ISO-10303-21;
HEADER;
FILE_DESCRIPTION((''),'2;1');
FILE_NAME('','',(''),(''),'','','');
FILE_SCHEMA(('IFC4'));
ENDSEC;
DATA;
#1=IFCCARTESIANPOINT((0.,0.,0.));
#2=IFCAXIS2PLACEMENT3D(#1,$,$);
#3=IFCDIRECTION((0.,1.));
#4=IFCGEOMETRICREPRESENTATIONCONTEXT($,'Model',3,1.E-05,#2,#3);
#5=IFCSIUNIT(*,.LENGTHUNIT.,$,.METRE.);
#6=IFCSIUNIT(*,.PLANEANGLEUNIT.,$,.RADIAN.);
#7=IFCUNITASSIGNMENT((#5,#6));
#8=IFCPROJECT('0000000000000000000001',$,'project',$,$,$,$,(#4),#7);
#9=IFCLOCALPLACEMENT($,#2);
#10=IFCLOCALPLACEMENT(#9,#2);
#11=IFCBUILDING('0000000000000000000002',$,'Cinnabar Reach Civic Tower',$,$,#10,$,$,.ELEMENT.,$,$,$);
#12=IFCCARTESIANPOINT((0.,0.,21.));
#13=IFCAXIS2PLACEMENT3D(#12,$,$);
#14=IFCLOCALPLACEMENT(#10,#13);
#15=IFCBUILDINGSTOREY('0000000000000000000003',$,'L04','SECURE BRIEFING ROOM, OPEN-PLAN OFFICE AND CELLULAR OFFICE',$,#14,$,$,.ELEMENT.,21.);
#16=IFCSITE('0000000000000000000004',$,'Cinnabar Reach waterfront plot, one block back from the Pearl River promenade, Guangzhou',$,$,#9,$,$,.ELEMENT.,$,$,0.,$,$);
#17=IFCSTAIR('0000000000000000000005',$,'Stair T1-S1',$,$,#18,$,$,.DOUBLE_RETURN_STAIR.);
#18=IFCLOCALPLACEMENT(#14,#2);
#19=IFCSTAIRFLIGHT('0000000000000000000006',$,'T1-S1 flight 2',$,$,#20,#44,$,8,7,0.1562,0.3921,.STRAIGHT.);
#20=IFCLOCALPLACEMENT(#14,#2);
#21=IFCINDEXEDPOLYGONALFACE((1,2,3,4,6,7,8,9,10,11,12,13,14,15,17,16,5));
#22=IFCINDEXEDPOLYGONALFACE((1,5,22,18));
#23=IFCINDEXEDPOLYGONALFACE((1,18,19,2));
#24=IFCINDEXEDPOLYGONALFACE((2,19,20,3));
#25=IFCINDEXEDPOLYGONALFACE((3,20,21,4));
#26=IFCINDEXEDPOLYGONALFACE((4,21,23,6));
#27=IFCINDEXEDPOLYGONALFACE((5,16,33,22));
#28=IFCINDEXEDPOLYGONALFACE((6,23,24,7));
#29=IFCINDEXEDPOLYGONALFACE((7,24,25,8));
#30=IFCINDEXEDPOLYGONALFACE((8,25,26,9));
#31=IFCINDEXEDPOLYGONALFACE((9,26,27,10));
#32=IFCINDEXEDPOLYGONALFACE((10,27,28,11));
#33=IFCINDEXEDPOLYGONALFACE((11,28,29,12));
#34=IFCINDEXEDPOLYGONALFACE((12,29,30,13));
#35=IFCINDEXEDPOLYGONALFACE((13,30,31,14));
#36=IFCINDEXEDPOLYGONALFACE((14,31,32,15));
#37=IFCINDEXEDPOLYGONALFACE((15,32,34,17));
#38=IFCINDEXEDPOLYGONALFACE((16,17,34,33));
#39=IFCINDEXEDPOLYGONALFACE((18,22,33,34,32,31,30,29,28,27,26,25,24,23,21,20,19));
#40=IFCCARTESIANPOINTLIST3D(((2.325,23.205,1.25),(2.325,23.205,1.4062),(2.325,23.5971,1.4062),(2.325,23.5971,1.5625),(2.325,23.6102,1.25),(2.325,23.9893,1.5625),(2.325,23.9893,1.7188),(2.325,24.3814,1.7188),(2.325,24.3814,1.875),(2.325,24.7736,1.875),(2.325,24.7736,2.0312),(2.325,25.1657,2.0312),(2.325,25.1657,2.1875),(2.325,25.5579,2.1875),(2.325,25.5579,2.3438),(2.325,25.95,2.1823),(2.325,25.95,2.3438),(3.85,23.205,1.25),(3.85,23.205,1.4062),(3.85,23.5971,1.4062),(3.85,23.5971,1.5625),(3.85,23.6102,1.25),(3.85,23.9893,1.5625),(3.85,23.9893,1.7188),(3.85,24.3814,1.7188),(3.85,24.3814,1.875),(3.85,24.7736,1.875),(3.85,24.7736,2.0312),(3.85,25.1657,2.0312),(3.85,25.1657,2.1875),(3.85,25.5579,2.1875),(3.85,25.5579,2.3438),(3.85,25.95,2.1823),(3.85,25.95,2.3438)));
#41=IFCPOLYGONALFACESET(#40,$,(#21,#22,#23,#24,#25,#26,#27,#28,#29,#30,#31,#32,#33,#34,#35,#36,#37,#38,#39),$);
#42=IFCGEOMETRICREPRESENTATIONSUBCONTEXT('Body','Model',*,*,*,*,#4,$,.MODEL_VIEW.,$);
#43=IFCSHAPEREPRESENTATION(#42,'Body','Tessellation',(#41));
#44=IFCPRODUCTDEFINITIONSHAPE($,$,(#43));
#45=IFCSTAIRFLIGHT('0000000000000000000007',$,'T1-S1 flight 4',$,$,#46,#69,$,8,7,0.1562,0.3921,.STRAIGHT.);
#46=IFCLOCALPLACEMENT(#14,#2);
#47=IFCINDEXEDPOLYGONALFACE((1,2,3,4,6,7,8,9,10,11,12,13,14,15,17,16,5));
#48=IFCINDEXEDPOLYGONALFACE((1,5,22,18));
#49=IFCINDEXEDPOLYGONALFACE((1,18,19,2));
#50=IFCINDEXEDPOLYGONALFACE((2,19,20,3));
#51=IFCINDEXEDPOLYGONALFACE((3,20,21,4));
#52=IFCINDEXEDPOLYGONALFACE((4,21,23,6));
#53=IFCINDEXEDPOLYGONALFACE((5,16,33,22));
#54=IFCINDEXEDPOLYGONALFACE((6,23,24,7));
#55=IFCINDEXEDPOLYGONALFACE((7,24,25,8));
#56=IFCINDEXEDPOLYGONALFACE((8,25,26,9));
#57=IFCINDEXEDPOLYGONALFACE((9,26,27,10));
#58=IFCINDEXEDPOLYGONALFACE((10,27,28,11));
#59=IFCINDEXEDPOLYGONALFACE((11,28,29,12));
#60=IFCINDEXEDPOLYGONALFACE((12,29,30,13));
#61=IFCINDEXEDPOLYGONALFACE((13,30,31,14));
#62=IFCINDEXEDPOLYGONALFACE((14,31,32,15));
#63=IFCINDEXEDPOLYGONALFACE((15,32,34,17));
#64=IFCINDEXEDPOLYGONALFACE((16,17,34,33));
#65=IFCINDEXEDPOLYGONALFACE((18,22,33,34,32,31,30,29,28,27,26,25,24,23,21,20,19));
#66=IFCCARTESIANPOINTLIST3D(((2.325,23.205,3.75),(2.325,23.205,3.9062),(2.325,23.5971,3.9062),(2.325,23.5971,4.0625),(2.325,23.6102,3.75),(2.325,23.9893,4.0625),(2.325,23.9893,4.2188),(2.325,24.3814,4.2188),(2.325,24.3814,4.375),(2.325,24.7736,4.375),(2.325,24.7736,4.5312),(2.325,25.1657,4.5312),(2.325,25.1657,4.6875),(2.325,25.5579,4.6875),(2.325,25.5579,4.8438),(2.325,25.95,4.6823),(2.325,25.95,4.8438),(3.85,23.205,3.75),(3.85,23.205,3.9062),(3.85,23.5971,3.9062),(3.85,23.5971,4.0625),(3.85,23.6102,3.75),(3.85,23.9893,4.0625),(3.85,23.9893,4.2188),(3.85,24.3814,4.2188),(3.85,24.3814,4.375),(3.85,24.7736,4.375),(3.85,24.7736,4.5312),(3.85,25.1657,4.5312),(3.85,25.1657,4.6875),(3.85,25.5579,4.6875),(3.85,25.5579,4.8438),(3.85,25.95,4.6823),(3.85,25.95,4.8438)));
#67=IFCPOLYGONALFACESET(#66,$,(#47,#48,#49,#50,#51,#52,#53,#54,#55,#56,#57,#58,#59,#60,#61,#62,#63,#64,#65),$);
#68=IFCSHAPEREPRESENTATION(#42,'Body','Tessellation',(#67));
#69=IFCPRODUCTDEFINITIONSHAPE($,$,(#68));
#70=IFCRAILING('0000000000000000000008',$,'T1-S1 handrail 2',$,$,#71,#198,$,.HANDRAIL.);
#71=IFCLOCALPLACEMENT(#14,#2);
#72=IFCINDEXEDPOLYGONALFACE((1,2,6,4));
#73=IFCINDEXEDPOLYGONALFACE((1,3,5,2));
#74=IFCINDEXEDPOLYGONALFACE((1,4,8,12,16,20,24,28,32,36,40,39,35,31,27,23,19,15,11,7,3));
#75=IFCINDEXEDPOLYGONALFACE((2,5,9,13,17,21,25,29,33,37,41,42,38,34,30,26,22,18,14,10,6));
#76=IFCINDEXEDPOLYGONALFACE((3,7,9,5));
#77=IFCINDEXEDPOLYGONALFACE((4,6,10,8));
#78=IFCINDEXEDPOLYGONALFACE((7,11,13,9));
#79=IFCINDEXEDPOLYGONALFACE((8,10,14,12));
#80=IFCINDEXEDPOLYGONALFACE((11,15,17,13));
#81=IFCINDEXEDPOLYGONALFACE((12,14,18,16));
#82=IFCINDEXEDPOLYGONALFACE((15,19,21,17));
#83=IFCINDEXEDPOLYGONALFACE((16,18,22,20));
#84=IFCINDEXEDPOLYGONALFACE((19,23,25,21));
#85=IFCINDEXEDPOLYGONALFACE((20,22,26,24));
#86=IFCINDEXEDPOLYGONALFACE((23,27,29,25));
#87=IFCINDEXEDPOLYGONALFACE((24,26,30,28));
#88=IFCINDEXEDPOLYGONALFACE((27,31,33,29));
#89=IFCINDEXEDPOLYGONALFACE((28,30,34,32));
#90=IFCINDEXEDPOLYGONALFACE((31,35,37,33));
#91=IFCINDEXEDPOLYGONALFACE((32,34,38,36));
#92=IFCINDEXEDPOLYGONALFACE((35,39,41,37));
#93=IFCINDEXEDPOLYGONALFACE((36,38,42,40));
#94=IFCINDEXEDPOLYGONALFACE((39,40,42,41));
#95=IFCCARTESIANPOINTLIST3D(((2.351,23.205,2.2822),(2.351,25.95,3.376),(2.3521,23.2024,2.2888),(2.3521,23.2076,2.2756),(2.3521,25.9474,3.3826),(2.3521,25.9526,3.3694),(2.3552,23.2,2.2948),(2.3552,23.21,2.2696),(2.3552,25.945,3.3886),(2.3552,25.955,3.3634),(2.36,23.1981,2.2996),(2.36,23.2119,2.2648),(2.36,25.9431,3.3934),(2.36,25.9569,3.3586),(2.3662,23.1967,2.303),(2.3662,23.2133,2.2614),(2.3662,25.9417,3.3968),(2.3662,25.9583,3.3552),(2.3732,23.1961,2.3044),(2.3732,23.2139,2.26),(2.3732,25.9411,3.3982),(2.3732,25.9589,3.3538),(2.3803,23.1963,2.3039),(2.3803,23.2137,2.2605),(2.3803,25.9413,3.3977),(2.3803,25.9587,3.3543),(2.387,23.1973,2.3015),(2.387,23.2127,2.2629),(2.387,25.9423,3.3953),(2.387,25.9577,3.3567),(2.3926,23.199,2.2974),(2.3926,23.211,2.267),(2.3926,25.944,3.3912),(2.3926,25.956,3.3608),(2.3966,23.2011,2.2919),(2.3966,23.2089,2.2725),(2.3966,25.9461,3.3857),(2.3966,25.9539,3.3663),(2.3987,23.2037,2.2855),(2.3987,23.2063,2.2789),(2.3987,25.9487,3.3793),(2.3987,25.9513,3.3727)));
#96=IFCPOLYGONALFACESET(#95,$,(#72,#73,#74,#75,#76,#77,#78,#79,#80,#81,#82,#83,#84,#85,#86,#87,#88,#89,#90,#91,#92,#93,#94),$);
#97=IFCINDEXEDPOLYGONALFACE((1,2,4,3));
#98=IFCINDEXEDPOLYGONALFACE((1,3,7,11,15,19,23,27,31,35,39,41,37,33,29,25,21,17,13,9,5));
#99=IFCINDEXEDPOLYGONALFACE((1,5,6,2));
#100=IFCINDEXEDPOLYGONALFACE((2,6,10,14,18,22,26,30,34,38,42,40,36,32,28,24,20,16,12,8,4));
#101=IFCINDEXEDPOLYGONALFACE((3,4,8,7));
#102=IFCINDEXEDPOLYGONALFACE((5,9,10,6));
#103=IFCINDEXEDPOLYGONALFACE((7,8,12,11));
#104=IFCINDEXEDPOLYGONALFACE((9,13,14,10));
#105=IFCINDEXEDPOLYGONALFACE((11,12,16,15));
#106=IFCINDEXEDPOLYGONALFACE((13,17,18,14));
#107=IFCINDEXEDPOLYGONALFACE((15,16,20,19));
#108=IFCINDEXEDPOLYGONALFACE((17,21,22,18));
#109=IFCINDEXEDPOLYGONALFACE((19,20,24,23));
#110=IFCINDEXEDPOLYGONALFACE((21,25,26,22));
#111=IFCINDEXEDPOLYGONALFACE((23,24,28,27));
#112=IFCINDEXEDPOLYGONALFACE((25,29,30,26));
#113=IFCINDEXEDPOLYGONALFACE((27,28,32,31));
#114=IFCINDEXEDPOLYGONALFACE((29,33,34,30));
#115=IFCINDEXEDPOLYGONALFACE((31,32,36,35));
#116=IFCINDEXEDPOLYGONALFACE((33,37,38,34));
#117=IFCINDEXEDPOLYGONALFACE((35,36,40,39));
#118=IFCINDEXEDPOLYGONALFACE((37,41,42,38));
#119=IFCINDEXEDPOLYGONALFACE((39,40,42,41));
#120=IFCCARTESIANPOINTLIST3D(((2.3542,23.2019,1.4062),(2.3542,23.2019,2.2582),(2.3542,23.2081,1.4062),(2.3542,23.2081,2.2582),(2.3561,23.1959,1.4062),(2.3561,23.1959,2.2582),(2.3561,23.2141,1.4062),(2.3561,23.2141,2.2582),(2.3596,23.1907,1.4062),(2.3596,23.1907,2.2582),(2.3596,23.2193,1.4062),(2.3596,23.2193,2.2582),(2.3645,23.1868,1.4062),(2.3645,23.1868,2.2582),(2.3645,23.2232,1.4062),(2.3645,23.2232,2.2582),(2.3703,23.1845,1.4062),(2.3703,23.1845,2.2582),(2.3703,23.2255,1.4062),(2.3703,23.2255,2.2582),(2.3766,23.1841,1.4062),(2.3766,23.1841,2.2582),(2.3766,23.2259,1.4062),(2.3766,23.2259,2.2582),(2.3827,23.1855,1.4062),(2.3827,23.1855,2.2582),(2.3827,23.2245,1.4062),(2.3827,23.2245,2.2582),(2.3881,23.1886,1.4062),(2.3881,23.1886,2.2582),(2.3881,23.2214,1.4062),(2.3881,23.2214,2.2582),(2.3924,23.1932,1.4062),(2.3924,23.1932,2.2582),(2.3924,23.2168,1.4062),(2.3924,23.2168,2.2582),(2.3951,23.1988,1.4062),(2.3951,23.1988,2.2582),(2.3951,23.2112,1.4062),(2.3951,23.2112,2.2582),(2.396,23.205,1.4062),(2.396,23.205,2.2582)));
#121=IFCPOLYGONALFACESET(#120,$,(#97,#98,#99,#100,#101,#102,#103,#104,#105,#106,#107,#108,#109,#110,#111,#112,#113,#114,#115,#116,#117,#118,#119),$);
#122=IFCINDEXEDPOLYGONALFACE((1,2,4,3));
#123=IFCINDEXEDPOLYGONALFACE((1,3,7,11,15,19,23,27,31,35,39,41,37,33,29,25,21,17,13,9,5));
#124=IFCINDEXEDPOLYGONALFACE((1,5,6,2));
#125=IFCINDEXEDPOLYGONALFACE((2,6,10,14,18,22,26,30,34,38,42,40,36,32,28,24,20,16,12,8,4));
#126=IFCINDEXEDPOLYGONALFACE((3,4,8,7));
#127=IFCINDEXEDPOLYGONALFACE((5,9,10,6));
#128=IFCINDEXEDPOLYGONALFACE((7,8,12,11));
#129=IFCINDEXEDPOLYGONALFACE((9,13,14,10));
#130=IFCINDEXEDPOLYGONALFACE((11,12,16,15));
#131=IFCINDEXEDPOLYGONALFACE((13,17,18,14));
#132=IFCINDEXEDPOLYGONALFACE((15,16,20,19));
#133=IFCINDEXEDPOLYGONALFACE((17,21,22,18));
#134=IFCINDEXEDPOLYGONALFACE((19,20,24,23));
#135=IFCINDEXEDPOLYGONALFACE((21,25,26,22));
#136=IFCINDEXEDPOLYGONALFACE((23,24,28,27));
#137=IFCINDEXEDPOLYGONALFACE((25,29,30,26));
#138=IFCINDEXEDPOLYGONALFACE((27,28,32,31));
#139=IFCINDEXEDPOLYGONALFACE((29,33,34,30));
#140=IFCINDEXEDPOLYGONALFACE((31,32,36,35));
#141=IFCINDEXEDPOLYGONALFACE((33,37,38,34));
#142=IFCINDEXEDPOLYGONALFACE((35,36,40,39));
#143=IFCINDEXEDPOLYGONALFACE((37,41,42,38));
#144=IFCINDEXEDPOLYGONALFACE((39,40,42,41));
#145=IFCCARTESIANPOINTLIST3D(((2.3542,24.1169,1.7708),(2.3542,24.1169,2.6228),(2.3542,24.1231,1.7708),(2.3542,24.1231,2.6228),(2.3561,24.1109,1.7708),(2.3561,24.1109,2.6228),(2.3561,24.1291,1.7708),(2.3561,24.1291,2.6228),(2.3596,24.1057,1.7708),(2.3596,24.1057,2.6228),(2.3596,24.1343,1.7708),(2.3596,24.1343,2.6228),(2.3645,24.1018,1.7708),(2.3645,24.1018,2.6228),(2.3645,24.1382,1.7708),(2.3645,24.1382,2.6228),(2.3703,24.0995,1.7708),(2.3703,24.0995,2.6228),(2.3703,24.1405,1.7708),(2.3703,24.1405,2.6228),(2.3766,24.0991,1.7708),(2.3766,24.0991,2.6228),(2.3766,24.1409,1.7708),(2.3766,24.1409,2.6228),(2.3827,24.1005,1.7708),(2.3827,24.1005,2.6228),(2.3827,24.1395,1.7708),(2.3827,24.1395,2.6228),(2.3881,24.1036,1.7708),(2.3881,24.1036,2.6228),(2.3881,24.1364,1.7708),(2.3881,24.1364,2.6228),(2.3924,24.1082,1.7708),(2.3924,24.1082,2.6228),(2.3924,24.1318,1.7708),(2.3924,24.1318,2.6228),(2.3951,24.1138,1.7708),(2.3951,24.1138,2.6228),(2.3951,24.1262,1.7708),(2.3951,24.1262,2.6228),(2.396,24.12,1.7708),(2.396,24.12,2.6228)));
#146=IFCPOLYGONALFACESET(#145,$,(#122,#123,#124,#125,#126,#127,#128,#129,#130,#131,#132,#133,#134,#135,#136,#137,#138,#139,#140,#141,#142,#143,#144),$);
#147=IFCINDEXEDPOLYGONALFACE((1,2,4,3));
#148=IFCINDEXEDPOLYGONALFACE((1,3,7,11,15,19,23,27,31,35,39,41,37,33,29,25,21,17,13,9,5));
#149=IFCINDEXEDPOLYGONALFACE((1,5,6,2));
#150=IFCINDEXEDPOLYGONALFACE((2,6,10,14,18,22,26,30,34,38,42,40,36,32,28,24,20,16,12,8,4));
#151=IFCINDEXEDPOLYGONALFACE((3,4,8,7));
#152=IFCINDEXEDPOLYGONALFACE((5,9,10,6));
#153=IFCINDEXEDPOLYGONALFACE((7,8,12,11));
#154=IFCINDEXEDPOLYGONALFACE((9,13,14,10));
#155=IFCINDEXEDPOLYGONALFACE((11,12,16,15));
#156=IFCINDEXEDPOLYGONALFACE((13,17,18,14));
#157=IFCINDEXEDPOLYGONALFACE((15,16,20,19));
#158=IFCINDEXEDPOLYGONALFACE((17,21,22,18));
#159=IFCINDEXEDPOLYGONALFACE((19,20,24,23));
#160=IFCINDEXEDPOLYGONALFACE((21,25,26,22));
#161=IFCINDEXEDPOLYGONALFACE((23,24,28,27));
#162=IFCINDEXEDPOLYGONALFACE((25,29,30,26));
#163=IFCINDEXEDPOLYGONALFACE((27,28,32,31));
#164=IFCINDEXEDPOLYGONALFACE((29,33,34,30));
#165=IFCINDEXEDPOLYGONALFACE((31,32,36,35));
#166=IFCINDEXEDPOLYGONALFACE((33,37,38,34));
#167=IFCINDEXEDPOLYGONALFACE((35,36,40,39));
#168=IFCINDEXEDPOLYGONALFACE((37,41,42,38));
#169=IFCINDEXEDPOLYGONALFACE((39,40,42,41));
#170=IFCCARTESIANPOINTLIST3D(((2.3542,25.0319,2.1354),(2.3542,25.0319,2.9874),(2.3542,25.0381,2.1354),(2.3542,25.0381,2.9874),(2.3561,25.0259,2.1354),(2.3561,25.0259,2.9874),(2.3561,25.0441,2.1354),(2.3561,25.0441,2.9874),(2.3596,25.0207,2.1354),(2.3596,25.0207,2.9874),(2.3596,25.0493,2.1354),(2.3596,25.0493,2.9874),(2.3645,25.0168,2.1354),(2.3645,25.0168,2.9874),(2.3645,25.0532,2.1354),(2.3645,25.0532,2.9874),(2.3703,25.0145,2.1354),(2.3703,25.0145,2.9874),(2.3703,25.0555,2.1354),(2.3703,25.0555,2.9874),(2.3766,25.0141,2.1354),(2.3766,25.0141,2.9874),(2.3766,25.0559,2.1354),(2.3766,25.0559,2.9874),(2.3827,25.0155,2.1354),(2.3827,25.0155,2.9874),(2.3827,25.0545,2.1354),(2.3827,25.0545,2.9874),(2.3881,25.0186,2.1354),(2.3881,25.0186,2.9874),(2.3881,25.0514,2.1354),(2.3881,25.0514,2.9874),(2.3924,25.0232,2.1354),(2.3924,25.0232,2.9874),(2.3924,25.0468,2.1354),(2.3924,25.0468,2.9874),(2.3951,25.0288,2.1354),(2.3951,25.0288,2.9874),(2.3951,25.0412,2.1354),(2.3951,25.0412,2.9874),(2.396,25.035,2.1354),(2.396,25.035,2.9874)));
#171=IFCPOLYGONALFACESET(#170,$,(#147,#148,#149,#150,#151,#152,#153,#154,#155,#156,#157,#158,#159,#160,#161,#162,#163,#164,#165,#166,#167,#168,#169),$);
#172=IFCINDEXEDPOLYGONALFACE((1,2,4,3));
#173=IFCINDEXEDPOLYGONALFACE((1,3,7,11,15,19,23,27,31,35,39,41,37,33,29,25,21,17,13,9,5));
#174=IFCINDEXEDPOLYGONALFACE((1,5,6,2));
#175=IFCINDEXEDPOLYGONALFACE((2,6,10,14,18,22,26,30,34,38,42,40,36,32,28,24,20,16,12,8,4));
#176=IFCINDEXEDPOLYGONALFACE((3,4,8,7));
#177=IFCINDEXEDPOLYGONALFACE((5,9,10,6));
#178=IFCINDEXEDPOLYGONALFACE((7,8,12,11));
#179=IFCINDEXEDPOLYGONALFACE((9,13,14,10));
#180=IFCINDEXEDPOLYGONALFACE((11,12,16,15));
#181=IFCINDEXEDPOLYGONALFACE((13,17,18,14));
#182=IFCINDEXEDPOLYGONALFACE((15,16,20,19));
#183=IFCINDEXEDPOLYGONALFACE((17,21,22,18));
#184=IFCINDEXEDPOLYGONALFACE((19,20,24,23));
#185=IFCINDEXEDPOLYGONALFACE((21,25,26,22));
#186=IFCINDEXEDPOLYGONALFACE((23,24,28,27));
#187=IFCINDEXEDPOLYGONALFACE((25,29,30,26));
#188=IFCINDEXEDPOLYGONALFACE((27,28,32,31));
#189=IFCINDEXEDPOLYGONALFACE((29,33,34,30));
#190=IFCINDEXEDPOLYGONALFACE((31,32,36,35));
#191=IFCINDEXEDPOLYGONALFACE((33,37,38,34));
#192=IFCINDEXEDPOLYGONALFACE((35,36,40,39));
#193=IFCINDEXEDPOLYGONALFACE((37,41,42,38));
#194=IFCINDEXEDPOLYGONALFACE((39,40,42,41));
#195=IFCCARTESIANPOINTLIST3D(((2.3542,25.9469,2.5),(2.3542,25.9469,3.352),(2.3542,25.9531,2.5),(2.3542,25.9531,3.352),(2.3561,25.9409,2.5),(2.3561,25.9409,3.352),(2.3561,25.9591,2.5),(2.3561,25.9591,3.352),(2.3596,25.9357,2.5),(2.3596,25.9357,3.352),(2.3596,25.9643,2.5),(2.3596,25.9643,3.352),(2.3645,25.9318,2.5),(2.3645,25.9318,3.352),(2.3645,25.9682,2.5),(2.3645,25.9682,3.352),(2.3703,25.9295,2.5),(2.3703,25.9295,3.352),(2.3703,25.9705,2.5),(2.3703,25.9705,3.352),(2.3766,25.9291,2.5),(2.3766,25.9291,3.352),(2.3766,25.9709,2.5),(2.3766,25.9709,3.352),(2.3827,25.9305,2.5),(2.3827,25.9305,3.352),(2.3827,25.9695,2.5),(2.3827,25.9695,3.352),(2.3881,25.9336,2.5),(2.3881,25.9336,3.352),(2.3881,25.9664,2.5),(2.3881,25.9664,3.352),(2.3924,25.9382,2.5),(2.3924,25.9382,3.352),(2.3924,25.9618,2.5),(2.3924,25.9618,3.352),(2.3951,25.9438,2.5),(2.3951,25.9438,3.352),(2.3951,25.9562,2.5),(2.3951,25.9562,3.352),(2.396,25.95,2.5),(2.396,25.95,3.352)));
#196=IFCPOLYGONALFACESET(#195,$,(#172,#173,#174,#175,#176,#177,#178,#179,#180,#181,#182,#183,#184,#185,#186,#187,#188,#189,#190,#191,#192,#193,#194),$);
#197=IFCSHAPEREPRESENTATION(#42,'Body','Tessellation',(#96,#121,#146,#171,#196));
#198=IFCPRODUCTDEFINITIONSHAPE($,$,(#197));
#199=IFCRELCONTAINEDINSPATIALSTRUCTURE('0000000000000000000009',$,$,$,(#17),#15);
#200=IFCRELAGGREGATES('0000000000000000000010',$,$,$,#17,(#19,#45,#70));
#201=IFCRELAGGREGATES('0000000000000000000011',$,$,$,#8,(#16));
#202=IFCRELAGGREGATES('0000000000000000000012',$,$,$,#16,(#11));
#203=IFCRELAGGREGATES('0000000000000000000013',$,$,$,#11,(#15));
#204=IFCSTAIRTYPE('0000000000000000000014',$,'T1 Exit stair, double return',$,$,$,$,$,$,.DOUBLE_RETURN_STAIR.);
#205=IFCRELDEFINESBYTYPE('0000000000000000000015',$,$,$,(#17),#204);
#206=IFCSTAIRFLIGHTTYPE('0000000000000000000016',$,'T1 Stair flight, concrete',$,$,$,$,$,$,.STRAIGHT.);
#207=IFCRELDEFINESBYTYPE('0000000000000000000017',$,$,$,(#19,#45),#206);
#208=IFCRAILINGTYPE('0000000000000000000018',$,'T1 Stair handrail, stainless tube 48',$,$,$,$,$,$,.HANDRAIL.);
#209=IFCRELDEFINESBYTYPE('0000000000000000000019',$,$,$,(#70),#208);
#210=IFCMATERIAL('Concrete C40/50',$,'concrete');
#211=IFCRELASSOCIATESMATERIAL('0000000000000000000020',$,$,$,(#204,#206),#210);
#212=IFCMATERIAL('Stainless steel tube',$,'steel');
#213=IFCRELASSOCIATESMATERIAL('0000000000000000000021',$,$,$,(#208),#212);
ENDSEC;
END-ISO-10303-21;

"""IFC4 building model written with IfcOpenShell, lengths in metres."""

from ifc_helpers import new_model, si_unit, direction, frame, origin, origin_2d, place, context, subcontext, project, spatial, polyline, circle, outline, extrude, material, type_object, element, aggregate, save


model = new_model("IFC4")

# Units and contexts
model_context = context("Model", 3, precision=1e-05, world=origin(), true_north=direction((0.0, 1.0)))
body_context = subcontext(model_context, "Body", "Model", "MODEL_VIEW")
ifc_project = project(units=[si_unit("LENGTHUNIT", "METRE"), si_unit("PLANEANGLEUNIT", "RADIAN")], contexts=[model_context])

# Site, building, storey
site_placement = place(None, origin())
site = spatial("IfcSite", under=ifc_project, at=site_placement, Name="Cinnabar Reach waterfront plot, one block back from the Pearl River promenade, Guangzhou", CompositionType="ELEMENT", RefElevation=0.0)
building_placement = place(site_placement, origin())
building = spatial("IfcBuilding", under=site, at=building_placement, Name="Cinnabar Reach Civic Tower", CompositionType="ELEMENT")
storey_placement = place(building_placement, frame((0.0, 0.0, 21.0)))
storey = spatial("IfcBuildingStorey", under=building, at=storey_placement, Name="L04", Description="SECURE BRIEFING ROOM, OPEN-PLAN OFFICE AND CELLULAR OFFICE", CompositionType="ELEMENT", Elevation=21.0)

# Shared definitions
ifc_material_1 = material(Name="Concrete C40/50", Category="concrete")

# Stair, stair flights, railing
stair_type = type_object("IfcStairType", Name="T1 Exit stair, double return", PredefinedType="DOUBLE_RETURN_STAIR", material=ifc_material_1)
stair_placement = place(storey_placement, origin())
stair = element("IfcStair", 1, at=stair_placement, inside=storey, type_object=stair_type, Name="Stair T1-S1", PredefinedType="DOUBLE_RETURN_STAIR")
stair_flight_type = type_object("IfcStairFlightType", Name="T1 Stair flight, concrete", PredefinedType="STRAIGHT", material=ifc_material_1)
stair_flight_1_placement = place(storey_placement, frame((3.0875, 23.205, 1.25), z_axis=(0.0, 0.0, 1.0), x_axis=(0.0, 1.0, 0.0)))
stair_flight_1 = element("IfcStairFlight", 2, at=stair_flight_1_placement, type_object=stair_flight_type, Name="T1-S1 flight 2", NumberOfRisers=8, NumberOfTreads=7, PredefinedType="STRAIGHT", RiserHeight=0.1562, TreadLength=0.3921, context=body_context, shape_type="SweptSolid", body=[
    extrude(outline(polyline([(0.0, 0.0), (0.0, 0.1562), (0.3921, 0.1562), (0.3921, 0.3125), (0.7843, 0.3125), (0.7843, 0.4688), (1.1764, 0.4688), (1.1764, 0.625), (1.5686, 0.625), (1.5686, 0.7812), (1.9607, 0.7812), (1.9607, 0.9375), (2.3529, 0.9375), (2.3529, 1.0938), (2.745, 1.0938), (2.745, 1.25), (2.745, 0.9323), (0.4052, 0.0), (0.0, 0.0)])), frame((0.0, 0.7625, 0.0), z_axis=(0.0, -1.0, 0.0), x_axis=(1.0, 0.0, 0.0)), (0.0, 0.0, 1.0), 1.525),
])
stair_flight_2_placement = place(storey_placement, frame((3.0875, 23.205, 3.75), z_axis=(0.0, 0.0, 1.0), x_axis=(0.0, 1.0, 0.0)))
stair_flight_2 = element("IfcStairFlight", 3, at=stair_flight_2_placement, type_object=stair_flight_type, Name="T1-S1 flight 4", NumberOfRisers=8, NumberOfTreads=7, PredefinedType="STRAIGHT", RiserHeight=0.1562, TreadLength=0.3921, context=body_context, shape_type="SweptSolid", body=[
    extrude(outline(polyline([(0.0, 0.0), (0.0, 0.1562), (0.3921, 0.1562), (0.3921, 0.3125), (0.7843, 0.3125), (0.7843, 0.4688), (1.1764, 0.4688), (1.1764, 0.625), (1.5686, 0.625), (1.5686, 0.7812), (1.9607, 0.7812), (1.9607, 0.9375), (2.3529, 0.9375), (2.3529, 1.0938), (2.745, 1.0938), (2.745, 1.25), (2.745, 0.9323), (0.4052, 0.0), (0.0, 0.0)])), frame((0.0, 0.7625, 0.0), z_axis=(0.0, -1.0, 0.0), x_axis=(1.0, 0.0, 0.0)), (0.0, 0.0, 1.0), 1.525),
])
ifc_material_2 = material(Name="Stainless steel tube", Category="steel")
railing_type = type_object("IfcRailingType", Name="T1 Stair handrail, stainless tube 48", PredefinedType="HANDRAIL", material=ifc_material_2)
railing_1_placement = place(storey_placement, frame((2.375, 23.205, 1.4062)))
railing_1 = element("IfcRailing", 4, at=railing_1_placement, type_object=railing_type, Name="T1-S1 handrail 2", PredefinedType="HANDRAIL", context=body_context, shape_type="SweptSolid", body=[
    extrude(circle(Radius=0.024, at=origin_2d()), frame((0.0, 0.0, 0.876), z_axis=(0.0, 0.928966, 0.370165), x_axis=(-1.0, 0.0, 0.0)), (0.0, 0.0, 1.0), 2.9549),
    extrude(circle(Radius=0.021, at=origin_2d()), origin(), (0.0, 0.0, 1.0), 0.852),
    extrude(circle(Radius=0.021, at=origin_2d()), frame((0.0, 0.915, 0.3646)), (0.0, 0.0, 1.0), 0.852),
    extrude(circle(Radius=0.021, at=origin_2d()), frame((0.0, 1.83, 0.7292)), (0.0, 0.0, 1.0), 0.852),
    extrude(circle(Radius=0.021, at=origin_2d()), frame((0.0, 2.745, 1.0938)), (0.0, 0.0, 1.0), 0.852),
])
aggregate(stair, [stair_flight_1, stair_flight_2, railing_1])

save(model, "model.ifc")
